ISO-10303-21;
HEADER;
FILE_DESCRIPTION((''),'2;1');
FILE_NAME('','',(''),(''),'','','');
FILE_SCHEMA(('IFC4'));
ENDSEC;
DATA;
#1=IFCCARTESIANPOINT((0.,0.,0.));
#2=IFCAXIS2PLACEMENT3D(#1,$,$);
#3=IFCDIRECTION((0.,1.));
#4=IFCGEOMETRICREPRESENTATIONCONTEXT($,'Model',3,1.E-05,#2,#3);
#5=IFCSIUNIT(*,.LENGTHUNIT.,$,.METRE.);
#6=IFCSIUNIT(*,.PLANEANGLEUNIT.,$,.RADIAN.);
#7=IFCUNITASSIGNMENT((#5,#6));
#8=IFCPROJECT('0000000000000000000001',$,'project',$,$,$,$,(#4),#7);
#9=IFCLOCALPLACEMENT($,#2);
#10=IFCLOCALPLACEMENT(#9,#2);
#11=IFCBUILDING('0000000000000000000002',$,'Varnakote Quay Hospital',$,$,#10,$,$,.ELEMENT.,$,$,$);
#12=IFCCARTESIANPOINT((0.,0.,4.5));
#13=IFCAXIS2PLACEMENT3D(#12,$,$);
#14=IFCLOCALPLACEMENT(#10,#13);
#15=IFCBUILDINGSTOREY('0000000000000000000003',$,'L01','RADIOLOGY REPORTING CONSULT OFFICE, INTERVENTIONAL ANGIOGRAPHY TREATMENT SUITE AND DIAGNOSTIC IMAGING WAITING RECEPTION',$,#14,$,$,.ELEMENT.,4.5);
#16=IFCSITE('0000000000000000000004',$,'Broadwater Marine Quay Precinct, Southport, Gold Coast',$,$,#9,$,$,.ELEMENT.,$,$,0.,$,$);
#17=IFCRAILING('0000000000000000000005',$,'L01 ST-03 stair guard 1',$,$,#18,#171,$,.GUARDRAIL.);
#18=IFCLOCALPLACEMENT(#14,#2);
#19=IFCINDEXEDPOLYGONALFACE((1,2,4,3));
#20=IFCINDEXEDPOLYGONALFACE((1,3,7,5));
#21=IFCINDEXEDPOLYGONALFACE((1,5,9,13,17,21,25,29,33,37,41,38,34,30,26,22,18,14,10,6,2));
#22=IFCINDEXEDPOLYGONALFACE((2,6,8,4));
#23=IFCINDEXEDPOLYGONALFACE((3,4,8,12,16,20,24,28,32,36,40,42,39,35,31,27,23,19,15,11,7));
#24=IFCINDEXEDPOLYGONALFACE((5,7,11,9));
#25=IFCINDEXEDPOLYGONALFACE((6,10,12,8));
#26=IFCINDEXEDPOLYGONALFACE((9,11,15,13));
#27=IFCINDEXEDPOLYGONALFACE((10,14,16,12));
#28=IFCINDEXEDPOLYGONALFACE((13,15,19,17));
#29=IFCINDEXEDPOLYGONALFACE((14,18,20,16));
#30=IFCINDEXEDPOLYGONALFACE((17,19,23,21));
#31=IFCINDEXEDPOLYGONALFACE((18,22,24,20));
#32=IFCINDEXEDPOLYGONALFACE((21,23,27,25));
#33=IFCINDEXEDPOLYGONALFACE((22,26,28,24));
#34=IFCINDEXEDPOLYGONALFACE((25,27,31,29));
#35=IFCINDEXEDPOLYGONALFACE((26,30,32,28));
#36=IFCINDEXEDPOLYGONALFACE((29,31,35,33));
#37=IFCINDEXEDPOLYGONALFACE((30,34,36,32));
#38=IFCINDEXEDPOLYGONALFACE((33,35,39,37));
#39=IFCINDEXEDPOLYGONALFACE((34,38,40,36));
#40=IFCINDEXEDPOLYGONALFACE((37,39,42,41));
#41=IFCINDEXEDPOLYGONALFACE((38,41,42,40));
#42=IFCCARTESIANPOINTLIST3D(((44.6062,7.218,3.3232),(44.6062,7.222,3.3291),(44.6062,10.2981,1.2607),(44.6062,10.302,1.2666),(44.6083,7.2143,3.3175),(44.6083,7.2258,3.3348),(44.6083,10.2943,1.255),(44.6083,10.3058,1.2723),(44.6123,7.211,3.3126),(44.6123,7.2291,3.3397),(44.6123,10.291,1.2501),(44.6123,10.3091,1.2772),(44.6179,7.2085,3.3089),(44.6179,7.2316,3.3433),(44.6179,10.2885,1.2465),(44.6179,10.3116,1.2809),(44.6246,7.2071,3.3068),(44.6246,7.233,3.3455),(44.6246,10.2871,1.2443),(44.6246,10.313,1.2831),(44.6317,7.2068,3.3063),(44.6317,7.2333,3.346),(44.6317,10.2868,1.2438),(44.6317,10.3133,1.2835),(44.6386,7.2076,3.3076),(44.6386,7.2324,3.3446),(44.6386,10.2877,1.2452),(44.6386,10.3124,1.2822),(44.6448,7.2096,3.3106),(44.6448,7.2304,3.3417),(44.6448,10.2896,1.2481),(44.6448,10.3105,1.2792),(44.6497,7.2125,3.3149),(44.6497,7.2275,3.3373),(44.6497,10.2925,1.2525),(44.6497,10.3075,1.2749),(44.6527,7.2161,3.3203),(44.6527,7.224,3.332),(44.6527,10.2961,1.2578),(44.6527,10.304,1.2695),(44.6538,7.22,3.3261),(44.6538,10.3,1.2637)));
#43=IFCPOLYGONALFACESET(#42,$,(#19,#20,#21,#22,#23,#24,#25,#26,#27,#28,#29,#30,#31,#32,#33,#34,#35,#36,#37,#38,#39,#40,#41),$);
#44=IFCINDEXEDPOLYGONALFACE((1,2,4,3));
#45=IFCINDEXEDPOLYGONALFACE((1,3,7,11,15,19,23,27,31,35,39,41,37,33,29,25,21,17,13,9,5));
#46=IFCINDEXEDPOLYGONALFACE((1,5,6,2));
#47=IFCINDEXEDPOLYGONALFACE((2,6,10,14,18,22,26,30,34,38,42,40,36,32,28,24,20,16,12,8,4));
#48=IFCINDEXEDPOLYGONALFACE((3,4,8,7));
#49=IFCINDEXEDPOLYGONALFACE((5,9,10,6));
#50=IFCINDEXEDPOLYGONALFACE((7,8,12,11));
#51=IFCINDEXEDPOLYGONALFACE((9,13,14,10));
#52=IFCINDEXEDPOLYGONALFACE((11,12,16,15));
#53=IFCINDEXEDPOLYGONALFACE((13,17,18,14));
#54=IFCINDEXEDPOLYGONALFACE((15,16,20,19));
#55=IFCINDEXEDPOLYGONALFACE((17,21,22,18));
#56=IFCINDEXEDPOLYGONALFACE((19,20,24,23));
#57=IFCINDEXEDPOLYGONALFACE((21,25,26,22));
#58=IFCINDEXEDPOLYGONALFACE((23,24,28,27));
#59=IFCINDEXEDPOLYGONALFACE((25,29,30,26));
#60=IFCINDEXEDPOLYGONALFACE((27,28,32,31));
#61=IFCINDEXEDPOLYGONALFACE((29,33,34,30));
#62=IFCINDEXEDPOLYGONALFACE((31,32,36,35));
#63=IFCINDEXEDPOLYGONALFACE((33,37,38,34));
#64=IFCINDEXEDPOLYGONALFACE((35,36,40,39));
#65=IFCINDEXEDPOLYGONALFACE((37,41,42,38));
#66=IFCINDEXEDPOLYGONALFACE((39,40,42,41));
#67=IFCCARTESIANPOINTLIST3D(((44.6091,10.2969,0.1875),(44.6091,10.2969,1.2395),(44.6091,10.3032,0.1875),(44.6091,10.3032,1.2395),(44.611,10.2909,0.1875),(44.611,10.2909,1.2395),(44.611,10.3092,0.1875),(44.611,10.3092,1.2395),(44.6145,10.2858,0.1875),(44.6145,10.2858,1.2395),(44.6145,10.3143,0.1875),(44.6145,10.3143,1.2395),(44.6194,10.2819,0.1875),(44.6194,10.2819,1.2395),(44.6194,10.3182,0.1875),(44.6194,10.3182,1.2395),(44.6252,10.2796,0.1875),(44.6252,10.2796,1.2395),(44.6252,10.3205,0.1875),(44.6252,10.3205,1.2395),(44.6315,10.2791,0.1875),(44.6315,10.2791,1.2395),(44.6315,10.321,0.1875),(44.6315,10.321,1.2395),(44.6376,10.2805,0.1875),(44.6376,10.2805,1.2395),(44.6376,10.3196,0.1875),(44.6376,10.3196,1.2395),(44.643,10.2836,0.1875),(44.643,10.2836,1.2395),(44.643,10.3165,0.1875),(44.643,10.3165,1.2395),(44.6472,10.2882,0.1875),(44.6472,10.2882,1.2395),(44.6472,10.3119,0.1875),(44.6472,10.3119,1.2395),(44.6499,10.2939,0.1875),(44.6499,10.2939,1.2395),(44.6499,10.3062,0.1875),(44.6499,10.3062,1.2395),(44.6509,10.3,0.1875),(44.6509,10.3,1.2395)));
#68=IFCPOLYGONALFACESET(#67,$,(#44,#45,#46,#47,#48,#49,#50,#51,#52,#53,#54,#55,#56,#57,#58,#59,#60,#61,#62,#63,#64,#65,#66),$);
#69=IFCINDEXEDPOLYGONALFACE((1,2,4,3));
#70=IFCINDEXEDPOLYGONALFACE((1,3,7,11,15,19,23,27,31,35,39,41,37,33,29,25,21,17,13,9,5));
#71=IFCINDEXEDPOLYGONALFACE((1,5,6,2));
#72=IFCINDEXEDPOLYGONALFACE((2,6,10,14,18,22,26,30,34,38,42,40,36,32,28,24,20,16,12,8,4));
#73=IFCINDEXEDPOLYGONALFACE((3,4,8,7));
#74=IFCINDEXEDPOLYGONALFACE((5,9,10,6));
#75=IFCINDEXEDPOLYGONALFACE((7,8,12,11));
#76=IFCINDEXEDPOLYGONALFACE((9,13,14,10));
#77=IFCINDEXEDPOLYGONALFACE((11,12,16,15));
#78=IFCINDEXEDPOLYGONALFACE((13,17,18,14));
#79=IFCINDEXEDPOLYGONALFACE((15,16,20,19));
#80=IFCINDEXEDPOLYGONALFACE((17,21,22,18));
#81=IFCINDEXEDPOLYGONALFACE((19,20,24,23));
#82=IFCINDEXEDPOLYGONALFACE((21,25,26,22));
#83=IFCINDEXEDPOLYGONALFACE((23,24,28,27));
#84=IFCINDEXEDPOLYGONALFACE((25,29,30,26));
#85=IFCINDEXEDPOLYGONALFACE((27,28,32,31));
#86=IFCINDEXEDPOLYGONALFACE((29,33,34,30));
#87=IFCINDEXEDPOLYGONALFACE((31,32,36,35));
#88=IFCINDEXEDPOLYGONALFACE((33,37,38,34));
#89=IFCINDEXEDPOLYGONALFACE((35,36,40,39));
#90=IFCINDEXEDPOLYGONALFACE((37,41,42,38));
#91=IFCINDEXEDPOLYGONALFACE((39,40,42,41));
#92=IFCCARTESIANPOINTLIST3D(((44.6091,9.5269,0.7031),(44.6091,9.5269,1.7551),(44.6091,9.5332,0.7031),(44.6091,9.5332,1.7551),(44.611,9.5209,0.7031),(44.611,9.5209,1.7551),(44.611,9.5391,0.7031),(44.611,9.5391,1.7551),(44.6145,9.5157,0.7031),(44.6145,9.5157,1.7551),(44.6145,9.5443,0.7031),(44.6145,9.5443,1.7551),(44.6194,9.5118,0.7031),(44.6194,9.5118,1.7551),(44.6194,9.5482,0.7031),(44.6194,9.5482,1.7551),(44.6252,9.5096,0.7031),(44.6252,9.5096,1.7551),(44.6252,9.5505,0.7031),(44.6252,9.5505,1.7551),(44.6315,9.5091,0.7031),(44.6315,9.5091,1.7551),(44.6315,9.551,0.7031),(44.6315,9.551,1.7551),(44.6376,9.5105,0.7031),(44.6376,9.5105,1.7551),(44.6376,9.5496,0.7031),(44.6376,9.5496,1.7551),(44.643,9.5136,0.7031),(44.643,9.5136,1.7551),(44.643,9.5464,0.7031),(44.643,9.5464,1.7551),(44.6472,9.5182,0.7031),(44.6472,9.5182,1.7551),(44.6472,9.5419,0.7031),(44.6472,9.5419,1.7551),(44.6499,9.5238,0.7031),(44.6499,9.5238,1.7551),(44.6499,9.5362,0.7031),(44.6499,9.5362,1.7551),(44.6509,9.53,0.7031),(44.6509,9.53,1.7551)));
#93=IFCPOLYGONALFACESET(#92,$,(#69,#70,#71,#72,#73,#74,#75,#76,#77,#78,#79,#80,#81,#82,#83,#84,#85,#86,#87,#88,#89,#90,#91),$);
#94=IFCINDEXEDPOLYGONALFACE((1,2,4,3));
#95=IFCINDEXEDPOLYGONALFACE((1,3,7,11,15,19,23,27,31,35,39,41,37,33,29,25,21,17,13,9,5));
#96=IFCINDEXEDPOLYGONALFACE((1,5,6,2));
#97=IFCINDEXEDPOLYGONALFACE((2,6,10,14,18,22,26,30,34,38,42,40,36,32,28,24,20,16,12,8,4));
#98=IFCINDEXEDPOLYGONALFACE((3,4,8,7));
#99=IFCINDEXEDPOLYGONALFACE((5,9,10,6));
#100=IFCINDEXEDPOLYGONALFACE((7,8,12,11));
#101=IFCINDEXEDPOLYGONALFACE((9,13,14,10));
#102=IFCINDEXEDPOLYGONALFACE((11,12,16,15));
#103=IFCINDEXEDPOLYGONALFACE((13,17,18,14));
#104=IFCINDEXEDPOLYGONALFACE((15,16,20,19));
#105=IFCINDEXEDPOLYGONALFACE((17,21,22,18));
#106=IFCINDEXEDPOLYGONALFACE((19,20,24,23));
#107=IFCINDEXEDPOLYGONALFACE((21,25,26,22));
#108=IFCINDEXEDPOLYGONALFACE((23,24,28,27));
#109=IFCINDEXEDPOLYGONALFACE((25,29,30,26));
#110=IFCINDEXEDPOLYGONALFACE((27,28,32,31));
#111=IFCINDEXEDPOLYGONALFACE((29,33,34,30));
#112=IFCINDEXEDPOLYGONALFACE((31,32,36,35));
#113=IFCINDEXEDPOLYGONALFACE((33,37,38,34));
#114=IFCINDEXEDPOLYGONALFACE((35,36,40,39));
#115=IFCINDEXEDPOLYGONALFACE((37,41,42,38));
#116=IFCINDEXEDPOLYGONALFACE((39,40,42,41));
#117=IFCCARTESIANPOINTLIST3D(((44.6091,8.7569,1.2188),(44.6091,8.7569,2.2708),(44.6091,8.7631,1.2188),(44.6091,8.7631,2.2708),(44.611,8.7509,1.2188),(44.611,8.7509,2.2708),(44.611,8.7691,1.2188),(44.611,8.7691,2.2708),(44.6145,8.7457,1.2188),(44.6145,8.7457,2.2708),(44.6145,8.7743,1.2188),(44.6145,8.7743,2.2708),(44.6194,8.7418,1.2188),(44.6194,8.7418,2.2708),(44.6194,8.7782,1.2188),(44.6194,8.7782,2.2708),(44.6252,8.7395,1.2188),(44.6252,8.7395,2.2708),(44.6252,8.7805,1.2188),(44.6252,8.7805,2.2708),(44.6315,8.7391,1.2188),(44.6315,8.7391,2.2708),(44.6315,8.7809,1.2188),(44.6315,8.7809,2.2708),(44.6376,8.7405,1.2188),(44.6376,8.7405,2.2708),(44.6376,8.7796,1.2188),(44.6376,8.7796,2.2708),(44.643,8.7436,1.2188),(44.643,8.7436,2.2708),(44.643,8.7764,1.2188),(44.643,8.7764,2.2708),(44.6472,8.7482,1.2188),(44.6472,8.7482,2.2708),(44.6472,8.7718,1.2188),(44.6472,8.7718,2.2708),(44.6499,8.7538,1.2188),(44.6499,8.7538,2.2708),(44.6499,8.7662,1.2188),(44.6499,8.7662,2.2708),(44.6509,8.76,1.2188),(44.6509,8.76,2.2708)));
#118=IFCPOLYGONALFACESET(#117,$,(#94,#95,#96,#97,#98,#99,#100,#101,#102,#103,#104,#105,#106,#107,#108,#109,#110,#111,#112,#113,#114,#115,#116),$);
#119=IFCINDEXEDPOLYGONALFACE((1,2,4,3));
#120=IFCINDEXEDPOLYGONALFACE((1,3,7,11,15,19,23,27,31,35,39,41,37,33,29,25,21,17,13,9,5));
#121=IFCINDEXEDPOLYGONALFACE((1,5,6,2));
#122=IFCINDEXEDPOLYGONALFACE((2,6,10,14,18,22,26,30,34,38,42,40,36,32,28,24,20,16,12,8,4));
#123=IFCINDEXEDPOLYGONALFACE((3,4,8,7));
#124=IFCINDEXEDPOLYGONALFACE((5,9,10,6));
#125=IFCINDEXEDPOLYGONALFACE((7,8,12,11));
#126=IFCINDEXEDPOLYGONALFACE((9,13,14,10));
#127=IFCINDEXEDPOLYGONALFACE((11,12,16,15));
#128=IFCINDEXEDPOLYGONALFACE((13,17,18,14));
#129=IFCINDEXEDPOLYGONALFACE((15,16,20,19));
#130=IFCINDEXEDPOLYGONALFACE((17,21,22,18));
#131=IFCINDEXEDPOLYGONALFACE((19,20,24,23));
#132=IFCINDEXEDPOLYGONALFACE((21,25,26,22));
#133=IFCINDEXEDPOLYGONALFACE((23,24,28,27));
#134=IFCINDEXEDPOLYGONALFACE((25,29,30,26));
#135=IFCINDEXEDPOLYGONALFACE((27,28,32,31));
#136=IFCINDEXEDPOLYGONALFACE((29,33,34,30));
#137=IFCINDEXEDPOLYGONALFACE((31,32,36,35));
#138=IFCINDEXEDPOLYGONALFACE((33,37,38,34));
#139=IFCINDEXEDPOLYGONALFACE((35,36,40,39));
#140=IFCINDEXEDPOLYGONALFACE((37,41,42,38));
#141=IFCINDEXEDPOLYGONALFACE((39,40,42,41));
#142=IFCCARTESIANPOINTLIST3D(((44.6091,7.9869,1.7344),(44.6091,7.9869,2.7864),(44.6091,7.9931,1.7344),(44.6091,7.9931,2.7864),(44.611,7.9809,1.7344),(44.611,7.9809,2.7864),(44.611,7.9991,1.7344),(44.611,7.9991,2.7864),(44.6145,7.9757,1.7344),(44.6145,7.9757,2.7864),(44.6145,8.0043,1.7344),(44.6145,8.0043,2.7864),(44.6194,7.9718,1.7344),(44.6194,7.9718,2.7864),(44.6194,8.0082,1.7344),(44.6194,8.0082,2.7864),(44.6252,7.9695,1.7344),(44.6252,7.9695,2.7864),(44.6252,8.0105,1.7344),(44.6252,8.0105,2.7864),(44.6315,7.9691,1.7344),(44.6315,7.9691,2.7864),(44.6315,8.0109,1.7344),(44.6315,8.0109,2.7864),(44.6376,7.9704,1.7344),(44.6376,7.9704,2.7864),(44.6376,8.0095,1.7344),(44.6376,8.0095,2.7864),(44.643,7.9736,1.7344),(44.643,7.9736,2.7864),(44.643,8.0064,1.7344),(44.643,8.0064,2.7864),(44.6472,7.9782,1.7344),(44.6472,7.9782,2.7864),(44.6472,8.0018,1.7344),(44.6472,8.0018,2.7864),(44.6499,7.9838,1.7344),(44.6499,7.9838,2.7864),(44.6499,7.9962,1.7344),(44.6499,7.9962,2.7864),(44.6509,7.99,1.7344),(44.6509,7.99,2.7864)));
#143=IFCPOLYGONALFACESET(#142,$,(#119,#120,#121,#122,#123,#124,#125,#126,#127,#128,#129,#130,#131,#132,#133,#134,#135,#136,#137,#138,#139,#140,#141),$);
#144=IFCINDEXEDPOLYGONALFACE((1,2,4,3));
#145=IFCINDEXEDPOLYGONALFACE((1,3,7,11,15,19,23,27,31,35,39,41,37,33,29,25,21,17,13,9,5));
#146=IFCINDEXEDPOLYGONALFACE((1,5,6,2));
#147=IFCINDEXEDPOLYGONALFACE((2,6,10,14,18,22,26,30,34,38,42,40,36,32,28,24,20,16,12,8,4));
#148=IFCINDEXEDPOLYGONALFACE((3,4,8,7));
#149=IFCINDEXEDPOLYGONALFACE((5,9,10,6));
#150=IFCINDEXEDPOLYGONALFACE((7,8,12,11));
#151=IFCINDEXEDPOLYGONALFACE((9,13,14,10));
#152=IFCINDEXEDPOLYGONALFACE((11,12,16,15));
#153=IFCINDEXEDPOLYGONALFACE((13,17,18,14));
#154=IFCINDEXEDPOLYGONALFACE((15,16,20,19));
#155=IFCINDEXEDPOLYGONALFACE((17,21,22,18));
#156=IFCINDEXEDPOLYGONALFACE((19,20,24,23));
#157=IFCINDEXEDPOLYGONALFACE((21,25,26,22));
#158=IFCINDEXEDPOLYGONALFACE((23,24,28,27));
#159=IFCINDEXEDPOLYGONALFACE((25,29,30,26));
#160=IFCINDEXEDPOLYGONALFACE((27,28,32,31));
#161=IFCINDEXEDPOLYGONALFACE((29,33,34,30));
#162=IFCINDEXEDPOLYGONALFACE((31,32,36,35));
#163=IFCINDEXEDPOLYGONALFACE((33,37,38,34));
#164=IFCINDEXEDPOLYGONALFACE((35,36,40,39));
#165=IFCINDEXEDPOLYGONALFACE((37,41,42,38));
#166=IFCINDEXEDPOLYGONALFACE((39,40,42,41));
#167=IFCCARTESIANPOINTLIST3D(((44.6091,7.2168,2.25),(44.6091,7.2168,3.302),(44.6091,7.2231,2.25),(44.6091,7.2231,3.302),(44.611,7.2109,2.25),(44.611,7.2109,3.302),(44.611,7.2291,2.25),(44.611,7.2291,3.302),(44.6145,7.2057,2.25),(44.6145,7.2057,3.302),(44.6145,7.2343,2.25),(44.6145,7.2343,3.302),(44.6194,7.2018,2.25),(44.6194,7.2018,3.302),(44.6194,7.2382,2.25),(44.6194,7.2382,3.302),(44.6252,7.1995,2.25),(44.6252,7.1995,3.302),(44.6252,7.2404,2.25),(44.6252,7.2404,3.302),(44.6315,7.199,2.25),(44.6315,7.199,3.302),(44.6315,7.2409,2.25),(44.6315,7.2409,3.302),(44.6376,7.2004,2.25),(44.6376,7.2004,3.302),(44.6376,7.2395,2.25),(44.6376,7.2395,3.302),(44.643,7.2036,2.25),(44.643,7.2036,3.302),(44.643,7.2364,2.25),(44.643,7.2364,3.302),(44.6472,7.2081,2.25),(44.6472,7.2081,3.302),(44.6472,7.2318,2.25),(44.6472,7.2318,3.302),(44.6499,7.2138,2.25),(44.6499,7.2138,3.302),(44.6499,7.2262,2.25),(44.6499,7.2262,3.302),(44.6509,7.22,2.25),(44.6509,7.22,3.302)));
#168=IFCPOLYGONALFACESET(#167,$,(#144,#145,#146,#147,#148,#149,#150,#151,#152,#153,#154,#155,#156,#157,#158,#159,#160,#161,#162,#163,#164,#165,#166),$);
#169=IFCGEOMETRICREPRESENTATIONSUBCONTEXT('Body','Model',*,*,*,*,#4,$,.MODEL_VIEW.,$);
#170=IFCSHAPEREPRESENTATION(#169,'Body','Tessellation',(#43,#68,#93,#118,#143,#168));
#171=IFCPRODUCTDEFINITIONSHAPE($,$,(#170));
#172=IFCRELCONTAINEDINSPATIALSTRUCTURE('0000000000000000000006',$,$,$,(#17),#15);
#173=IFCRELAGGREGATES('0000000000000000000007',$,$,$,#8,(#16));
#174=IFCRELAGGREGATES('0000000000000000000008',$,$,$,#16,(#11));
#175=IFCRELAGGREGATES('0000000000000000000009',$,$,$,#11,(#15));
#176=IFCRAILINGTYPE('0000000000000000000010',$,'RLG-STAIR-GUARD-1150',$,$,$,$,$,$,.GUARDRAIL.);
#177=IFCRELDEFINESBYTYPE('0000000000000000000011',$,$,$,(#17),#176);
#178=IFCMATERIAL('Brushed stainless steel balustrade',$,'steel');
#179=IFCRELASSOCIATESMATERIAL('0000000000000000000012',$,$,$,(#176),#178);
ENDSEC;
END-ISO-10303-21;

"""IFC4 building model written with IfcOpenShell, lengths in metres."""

from ifc_helpers import new_model, si_unit, direction, frame, origin, origin_2d, place, context, subcontext, project, spatial, circle, extrude, material, type_object, element, save


model = new_model("IFC4")

# Units and contexts
model_context = context("Model", 3, precision=1e-05, world=origin(), true_north=direction((0.0, 1.0)))
body_context = subcontext(model_context, "Body", "Model", "MODEL_VIEW")
ifc_project = project(units=[si_unit("LENGTHUNIT", "METRE"), si_unit("PLANEANGLEUNIT", "RADIAN")], contexts=[model_context])

# Site, building, storey
site_placement = place(None, origin())
site = spatial("IfcSite", under=ifc_project, at=site_placement, Name="Broadwater Marine Quay Precinct, Southport, Gold Coast", CompositionType="ELEMENT", RefElevation=0.0)
building_placement = place(site_placement, origin())
building = spatial("IfcBuilding", under=site, at=building_placement, Name="Varnakote Quay Hospital", CompositionType="ELEMENT")
storey_placement = place(building_placement, frame((0.0, 0.0, 4.5)))
storey = spatial("IfcBuildingStorey", under=building, at=storey_placement, Name="L01", Description="RADIOLOGY REPORTING CONSULT OFFICE, INTERVENTIONAL ANGIOGRAPHY TREATMENT SUITE AND DIAGNOSTIC IMAGING WAITING RECEPTION", CompositionType="ELEMENT", Elevation=4.5)

# Railing
ifc_material_1 = material(Name="Brushed stainless steel balustrade", Category="steel")
railing_type_1 = type_object("IfcRailingType", Name="RLG-STAIR-GUARD-1150", PredefinedType="GUARDRAIL", material=ifc_material_1)
railing_1_placement = place(storey_placement, frame((44.6299, 10.3, 0.1875)))
element("IfcRailing", 1, at=railing_1_placement, inside=storey, type_object=railing_type_1, Name="L01 ST-03 stair guard 1", PredefinedType="GUARDRAIL", context=body_context, shape_type="SweptSolid", body=[
    extrude(circle(Radius=0.0239, at=origin_2d()), frame((0.0, 0.0, 1.0762), z_axis=(0.0, -0.830914, 0.556401), x_axis=(1.0, 0.0, 0.0)), (0.0, 0.0, 1.0), 3.7068),
    extrude(circle(Radius=0.021, at=origin_2d()), origin(), (0.0, 0.0, 1.0), 1.052),
    extrude(circle(Radius=0.021, at=origin_2d()), frame((0.0, -0.77, 0.5156)), (0.0, 0.0, 1.0), 1.052),
    extrude(circle(Radius=0.021, at=origin_2d()), frame((0.0, -1.54, 1.0312)), (0.0, 0.0, 1.0), 1.052),
    extrude(circle(Radius=0.021, at=origin_2d()), frame((0.0, -2.3101, 1.5469)), (0.0, 0.0, 1.0), 1.052),
    extrude(circle(Radius=0.021, at=origin_2d()), frame((0.0, -3.0801, 2.0625)), (0.0, 0.0, 1.0), 1.052),
])

save(model, "model.ifc")
